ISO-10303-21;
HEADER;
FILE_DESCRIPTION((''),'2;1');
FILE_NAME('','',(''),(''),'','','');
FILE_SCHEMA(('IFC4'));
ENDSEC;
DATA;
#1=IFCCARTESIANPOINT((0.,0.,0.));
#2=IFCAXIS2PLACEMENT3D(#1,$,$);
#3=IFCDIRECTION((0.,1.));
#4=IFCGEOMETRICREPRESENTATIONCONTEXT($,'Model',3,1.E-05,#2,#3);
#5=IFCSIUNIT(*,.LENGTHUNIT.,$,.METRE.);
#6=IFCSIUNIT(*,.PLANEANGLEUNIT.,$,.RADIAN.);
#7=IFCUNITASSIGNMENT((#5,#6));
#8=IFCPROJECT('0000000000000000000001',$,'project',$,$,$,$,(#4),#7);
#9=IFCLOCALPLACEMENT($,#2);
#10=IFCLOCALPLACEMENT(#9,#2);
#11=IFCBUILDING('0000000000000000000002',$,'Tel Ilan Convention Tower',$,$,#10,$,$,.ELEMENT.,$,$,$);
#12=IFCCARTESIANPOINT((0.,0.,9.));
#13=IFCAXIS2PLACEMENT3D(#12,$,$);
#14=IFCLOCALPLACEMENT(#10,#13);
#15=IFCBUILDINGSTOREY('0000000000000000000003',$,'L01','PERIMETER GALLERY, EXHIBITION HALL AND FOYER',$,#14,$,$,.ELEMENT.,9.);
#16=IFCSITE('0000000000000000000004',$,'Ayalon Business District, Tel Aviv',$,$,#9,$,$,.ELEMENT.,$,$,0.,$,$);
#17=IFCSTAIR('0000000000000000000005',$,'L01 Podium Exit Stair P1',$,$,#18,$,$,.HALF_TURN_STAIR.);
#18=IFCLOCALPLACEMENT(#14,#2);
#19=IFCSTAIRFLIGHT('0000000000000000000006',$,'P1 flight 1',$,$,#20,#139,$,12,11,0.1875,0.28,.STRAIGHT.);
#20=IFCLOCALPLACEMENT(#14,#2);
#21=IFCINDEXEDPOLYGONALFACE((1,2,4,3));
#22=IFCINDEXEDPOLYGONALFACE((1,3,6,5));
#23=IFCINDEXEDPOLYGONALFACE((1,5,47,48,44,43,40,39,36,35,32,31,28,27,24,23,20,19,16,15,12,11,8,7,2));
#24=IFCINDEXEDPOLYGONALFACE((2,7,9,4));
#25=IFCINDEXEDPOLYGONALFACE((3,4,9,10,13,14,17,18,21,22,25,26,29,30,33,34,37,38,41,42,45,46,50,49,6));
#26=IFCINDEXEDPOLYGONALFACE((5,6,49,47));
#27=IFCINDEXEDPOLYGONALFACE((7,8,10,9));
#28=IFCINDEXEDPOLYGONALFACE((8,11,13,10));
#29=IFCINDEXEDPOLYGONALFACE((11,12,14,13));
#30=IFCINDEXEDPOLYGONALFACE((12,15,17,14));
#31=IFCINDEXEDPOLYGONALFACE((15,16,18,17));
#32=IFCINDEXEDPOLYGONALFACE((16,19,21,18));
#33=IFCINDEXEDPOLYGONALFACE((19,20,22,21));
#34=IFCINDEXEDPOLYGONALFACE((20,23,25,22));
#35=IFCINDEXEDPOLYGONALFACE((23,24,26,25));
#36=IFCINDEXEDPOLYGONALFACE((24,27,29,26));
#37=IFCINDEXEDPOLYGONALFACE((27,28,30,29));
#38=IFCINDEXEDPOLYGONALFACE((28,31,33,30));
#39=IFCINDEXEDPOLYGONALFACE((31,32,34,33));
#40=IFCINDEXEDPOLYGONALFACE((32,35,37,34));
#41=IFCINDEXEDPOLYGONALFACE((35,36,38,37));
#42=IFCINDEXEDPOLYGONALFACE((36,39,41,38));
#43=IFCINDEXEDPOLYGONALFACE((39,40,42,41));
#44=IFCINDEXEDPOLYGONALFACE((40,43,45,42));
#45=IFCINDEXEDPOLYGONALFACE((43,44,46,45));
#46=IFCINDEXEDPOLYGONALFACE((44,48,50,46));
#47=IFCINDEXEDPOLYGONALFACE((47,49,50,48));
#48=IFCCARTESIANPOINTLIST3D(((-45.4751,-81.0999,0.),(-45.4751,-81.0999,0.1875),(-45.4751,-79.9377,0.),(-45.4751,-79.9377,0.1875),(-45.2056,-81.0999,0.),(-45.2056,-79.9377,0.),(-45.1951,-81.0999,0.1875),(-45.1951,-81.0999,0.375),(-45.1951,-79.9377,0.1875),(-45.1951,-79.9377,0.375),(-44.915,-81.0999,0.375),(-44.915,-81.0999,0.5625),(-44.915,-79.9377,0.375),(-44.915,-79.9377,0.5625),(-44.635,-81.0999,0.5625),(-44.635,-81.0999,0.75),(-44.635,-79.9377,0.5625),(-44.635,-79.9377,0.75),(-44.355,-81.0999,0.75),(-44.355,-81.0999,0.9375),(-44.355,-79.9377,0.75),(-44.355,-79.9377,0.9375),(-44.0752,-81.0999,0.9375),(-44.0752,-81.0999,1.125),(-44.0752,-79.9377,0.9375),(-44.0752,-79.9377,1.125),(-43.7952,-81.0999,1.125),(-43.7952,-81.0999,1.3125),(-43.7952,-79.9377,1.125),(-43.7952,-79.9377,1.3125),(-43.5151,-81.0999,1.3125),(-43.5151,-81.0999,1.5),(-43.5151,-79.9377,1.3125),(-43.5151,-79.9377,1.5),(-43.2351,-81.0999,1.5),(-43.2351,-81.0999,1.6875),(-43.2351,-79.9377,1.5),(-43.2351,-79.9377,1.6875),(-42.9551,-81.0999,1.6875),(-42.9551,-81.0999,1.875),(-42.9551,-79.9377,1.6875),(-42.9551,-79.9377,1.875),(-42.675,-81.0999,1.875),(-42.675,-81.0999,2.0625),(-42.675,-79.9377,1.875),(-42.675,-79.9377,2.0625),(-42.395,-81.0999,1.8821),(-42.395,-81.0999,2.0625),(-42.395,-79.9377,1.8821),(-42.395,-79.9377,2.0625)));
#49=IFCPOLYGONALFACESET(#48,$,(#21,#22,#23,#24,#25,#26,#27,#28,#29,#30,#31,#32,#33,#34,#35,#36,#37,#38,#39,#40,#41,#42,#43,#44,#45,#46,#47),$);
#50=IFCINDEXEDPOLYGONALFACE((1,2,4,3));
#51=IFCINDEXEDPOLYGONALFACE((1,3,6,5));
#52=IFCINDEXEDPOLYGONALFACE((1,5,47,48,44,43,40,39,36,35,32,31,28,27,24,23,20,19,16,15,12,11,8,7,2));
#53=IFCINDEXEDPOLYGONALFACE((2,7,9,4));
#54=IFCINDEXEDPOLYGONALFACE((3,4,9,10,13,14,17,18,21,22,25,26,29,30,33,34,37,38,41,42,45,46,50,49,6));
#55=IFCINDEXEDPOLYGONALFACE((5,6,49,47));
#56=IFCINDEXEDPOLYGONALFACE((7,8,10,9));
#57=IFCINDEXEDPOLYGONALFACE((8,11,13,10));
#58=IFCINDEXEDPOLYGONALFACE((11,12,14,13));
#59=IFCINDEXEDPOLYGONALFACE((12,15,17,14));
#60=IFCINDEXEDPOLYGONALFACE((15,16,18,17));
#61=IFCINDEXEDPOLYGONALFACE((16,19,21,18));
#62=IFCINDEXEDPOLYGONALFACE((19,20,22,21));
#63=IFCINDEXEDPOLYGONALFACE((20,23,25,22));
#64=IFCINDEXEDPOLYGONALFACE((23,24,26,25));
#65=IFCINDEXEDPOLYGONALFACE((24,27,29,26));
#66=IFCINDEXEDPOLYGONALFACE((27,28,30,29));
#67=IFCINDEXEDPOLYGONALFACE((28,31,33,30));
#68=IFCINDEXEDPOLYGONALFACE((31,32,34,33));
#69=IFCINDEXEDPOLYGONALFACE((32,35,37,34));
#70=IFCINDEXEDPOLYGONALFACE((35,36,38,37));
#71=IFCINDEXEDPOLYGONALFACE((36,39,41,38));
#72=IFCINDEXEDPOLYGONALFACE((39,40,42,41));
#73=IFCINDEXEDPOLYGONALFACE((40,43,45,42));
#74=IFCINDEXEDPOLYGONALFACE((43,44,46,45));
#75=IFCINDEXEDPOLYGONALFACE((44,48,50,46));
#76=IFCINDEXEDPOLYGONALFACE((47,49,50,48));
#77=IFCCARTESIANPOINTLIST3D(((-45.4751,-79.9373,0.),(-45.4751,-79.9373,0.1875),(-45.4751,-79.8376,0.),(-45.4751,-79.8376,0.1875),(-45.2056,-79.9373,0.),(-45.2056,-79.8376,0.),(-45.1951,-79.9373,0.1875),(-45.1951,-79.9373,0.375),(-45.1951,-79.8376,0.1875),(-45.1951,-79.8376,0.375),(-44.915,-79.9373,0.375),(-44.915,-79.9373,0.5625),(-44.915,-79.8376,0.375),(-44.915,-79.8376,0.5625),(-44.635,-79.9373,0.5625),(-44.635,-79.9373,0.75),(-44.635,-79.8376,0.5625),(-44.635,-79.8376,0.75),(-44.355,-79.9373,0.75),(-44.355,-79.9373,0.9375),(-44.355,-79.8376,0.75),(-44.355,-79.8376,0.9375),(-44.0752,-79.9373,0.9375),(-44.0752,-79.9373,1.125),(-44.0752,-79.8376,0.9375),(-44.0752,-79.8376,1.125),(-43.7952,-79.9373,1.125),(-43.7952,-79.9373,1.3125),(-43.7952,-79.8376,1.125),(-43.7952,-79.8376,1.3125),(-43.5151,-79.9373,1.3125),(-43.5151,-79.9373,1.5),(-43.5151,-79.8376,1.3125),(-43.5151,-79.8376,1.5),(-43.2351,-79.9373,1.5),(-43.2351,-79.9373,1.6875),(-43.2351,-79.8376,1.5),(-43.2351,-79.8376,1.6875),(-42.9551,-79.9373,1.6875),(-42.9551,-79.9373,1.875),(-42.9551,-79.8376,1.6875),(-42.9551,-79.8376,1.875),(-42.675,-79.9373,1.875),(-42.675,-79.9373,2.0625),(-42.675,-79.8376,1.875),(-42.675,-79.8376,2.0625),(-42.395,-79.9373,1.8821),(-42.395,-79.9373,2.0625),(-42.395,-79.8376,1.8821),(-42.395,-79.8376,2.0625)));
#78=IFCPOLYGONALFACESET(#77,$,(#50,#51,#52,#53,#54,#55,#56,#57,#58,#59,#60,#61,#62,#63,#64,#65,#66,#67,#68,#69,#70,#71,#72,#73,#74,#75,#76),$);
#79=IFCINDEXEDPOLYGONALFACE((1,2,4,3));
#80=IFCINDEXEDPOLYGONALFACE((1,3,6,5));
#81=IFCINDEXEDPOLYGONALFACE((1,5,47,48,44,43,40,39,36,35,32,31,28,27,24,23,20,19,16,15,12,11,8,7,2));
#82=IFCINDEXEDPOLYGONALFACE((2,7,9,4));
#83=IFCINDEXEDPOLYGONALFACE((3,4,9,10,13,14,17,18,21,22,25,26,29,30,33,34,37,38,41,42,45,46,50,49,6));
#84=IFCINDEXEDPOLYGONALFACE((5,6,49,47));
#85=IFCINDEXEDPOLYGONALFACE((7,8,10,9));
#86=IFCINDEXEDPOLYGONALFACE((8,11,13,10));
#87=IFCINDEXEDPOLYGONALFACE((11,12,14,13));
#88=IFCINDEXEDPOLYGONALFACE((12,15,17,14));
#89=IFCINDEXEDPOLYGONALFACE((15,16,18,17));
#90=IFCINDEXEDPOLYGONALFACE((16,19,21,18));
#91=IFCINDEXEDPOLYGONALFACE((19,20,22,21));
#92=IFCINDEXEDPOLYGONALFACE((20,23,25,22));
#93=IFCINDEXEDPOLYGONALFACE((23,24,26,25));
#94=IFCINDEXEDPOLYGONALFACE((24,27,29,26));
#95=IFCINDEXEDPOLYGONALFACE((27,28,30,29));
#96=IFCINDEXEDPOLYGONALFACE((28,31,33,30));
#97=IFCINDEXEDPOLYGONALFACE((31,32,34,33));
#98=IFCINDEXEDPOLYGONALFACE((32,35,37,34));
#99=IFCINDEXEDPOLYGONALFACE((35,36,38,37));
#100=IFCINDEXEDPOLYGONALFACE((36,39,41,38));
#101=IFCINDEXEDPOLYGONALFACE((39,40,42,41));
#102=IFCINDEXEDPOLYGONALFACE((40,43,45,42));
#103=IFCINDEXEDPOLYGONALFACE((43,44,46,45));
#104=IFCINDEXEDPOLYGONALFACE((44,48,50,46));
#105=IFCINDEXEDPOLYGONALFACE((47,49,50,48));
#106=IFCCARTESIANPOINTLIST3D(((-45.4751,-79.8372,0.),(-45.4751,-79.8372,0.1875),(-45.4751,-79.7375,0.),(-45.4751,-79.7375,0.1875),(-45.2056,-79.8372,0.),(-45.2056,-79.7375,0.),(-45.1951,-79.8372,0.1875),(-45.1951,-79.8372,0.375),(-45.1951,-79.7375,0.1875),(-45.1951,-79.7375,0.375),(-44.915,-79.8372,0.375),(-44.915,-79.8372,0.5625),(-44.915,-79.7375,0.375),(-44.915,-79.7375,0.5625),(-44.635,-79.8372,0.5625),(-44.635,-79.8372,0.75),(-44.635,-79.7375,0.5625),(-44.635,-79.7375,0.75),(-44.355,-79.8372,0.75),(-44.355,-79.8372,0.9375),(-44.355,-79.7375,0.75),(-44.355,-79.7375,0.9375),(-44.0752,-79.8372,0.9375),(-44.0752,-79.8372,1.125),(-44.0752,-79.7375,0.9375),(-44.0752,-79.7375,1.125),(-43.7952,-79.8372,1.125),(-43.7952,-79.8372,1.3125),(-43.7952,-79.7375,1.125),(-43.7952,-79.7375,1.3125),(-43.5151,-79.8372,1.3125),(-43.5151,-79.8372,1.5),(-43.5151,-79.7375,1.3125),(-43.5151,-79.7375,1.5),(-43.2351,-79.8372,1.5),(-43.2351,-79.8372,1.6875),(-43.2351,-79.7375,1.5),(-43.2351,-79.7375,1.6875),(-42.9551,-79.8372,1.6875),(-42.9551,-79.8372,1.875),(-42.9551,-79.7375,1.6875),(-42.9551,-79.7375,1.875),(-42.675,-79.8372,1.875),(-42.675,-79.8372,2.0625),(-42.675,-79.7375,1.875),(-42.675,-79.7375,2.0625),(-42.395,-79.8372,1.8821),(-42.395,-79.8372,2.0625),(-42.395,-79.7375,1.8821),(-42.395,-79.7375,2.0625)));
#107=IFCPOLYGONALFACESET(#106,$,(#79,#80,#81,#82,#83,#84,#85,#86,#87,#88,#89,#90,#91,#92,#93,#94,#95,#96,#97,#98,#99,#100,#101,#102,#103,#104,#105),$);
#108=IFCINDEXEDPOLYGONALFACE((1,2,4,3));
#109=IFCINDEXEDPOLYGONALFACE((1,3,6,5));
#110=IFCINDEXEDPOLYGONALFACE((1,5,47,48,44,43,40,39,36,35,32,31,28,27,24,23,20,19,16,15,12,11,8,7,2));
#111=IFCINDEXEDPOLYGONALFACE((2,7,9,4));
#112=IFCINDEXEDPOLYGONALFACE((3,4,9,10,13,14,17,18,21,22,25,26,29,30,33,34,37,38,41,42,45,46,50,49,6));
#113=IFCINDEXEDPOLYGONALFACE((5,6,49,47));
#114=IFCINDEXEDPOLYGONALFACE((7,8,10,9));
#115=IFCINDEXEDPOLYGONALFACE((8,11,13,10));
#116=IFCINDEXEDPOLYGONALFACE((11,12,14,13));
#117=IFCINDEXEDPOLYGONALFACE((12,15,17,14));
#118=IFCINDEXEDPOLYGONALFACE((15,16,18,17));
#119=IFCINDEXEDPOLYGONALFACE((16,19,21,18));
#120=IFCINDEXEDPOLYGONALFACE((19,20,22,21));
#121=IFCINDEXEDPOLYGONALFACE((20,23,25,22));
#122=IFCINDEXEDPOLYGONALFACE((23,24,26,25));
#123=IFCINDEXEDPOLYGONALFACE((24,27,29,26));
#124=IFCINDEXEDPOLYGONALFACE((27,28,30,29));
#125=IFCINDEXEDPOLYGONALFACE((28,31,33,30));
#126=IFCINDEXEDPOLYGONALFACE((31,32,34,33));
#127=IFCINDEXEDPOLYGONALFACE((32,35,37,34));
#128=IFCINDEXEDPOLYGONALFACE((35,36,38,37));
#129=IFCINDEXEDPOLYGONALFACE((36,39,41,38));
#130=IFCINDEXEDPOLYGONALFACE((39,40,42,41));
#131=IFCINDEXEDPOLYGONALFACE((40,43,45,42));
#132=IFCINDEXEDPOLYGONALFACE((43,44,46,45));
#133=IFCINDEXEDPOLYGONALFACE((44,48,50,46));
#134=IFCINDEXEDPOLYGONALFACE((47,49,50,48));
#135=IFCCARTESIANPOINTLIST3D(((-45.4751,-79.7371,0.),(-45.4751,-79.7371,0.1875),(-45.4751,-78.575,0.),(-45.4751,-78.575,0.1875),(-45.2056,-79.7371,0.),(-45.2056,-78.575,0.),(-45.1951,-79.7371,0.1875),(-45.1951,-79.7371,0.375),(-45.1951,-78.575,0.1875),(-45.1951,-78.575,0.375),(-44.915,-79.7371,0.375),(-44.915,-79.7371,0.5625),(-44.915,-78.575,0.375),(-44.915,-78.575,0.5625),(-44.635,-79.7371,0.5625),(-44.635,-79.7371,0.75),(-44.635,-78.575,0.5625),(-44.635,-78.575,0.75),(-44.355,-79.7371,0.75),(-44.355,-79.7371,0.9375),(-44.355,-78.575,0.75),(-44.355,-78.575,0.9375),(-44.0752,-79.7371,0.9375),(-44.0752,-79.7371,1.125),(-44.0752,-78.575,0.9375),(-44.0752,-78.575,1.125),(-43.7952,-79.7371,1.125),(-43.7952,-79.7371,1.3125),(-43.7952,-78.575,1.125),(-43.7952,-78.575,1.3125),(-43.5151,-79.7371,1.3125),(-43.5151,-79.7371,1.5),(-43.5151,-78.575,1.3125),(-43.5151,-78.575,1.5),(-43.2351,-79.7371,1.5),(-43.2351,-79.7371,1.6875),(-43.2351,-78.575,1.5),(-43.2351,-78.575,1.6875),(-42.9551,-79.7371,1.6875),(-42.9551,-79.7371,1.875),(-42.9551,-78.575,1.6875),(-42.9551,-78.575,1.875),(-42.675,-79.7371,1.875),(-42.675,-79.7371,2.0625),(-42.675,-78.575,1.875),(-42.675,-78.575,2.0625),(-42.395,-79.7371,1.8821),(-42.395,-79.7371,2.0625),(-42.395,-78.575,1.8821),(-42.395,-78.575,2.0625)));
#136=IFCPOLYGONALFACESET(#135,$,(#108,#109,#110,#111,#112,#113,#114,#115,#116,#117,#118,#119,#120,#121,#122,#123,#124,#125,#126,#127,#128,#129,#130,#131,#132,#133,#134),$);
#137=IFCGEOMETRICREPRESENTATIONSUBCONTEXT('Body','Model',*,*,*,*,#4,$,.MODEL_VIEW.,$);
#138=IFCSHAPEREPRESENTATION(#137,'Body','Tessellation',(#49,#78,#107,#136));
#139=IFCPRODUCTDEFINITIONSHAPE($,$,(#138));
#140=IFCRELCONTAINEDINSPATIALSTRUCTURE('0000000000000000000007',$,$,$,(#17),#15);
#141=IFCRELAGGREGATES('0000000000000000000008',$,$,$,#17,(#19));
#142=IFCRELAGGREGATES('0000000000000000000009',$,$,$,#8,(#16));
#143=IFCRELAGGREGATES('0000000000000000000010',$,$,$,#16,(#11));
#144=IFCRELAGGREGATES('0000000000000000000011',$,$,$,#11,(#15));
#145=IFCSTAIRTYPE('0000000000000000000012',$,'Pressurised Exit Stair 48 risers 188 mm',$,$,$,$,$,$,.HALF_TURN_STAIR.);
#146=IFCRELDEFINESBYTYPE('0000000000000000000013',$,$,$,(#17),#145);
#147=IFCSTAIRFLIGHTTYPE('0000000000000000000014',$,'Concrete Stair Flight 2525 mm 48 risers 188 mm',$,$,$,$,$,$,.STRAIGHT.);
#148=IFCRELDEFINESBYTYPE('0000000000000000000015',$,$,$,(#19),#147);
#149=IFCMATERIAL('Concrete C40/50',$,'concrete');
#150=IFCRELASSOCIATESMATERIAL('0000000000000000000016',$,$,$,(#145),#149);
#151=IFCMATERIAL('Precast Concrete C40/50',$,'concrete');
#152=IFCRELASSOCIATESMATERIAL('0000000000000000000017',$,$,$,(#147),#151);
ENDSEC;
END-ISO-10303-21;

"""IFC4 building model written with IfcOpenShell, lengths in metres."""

from ifc_helpers import new_model, si_unit, direction, frame, origin, place, context, subcontext, project, spatial, polyline, outline, extrude, material, type_object, element, aggregate, save


model = new_model("IFC4")

# Units and contexts
model_context = context("Model", 3, precision=1e-05, world=origin(), true_north=direction((0.0, 1.0)))
body_context = subcontext(model_context, "Body", "Model", "MODEL_VIEW")
ifc_project = project(units=[si_unit("LENGTHUNIT", "METRE"), si_unit("PLANEANGLEUNIT", "RADIAN")], contexts=[model_context])

# Site, building, storey
site_placement = place(None, origin())
site = spatial("IfcSite", under=ifc_project, at=site_placement, Name="Ayalon Business District, Tel Aviv", CompositionType="ELEMENT", RefElevation=0.0)
building_placement = place(site_placement, origin())
building = spatial("IfcBuilding", under=site, at=building_placement, Name="Tel Ilan Convention Tower", CompositionType="ELEMENT")
storey_placement = place(building_placement, frame((0.0, 0.0, 9.0)))
storey = spatial("IfcBuildingStorey", under=building, at=storey_placement, Name="L01", Description="PERIMETER GALLERY, EXHIBITION HALL AND FOYER", CompositionType="ELEMENT", Elevation=9.0)

# Stair, stair flight
ifc_material_1 = material(Name="Concrete C40/50", Category="concrete")
stair_type = type_object("IfcStairType", Name="Pressurised Exit Stair 48 risers 188 mm", PredefinedType="HALF_TURN_STAIR", material=ifc_material_1)
stair_placement = place(storey_placement, origin())
stair = element("IfcStair", 1, at=stair_placement, inside=storey, type_object=stair_type, Name="L01 Podium Exit Stair P1", PredefinedType="HALF_TURN_STAIR")
ifc_material_2 = material(Name="Precast Concrete C40/50", Category="concrete")
stair_flight_type = type_object("IfcStairFlightType", Name="Concrete Stair Flight 2525 mm 48 risers 188 mm", PredefinedType="STRAIGHT", material=ifc_material_2)
stair_flight_1_placement = place(storey_placement, frame((-45.4751, -79.8374, 0.0), z_axis=(0.0, 0.0, 1.0), x_axis=(1.0, 0.0, 0.0)))
stair_flight_1 = element("IfcStairFlight", 2, at=stair_flight_1_placement, type_object=stair_flight_type, Name="P1 flight 1", NumberOfRisers=12, NumberOfTreads=11, PredefinedType="STRAIGHT", RiserHeight=0.1875, TreadLength=0.28, context=body_context, shape_type="SweptSolid", body=[
    extrude(outline(polyline([(0.0, 0.0), (0.0, 0.1875), (0.28, 0.1875), (0.28, 0.375), (0.5601, 0.375), (0.5601, 0.5625), (0.8401, 0.5625), (0.8401, 0.75), (1.1201, 0.75), (1.1201, 0.9375), (1.3999, 0.9375), (1.3999, 1.125), (1.6799, 1.125), (1.6799, 1.3125), (1.96, 1.3125), (1.96, 1.5), (2.24, 1.5), (2.24, 1.6875), (2.52, 1.6875), (2.52, 1.875), (2.8, 1.875), (2.8, 2.0625), (3.0801, 2.0625), (3.0801, 2.25), (3.0801, 1.8821), (0.2695, 0.0), (0.0, 0.0)])), frame((0.0, -0.1003, 0.0), z_axis=(0.0, -1.0, 0.0), x_axis=(1.0, 0.0, 0.0)), (0.0, 0.0, 1.0), 1.1621),
    extrude(outline(polyline([(0.0, 0.0), (0.0, 0.1875), (0.28, 0.1875), (0.28, 0.375), (0.5601, 0.375), (0.5601, 0.5625), (0.8401, 0.5625), (0.8401, 0.75), (1.1201, 0.75), (1.1201, 0.9375), (1.3999, 0.9375), (1.3999, 1.125), (1.6799, 1.125), (1.6799, 1.3125), (1.96, 1.3125), (1.96, 1.5), (2.24, 1.5), (2.24, 1.6875), (2.52, 1.6875), (2.52, 1.875), (2.8, 1.875), (2.8, 2.0625), (3.0801, 2.0625), (3.0801, 2.25), (3.0801, 1.8821), (0.2695, 0.0), (0.0, 0.0)])), frame((0.0, -0.0002, 0.0), z_axis=(0.0, -1.0, 0.0), x_axis=(1.0, 0.0, 0.0)), (0.0, 0.0, 1.0), 0.0996),
    extrude(outline(polyline([(0.0, 0.0), (0.0, 0.1875), (0.28, 0.1875), (0.28, 0.375), (0.5601, 0.375), (0.5601, 0.5625), (0.8401, 0.5625), (0.8401, 0.75), (1.1201, 0.75), (1.1201, 0.9375), (1.3999, 0.9375), (1.3999, 1.125), (1.6799, 1.125), (1.6799, 1.3125), (1.96, 1.3125), (1.96, 1.5), (2.24, 1.5), (2.24, 1.6875), (2.52, 1.6875), (2.52, 1.875), (2.8, 1.875), (2.8, 2.0625), (3.0801, 2.0625), (3.0801, 2.25), (3.0801, 1.8821), (0.2695, 0.0), (0.0, 0.0)])), frame((0.0, 0.0999, 0.0), z_axis=(0.0, -1.0, 0.0), x_axis=(1.0, 0.0, 0.0)), (0.0, 0.0, 1.0), 0.0996),
    extrude(outline(polyline([(0.0, 0.0), (0.0, 0.1875), (0.28, 0.1875), (0.28, 0.375), (0.5601, 0.375), (0.5601, 0.5625), (0.8401, 0.5625), (0.8401, 0.75), (1.1201, 0.75), (1.1201, 0.9375), (1.3999, 0.9375), (1.3999, 1.125), (1.6799, 1.125), (1.6799, 1.3125), (1.96, 1.3125), (1.96, 1.5), (2.24, 1.5), (2.24, 1.6875), (2.52, 1.6875), (2.52, 1.875), (2.8, 1.875), (2.8, 2.0625), (3.0801, 2.0625), (3.0801, 2.25), (3.0801, 1.8821), (0.2695, 0.0), (0.0, 0.0)])), frame((0.0, 1.2625, 0.0), z_axis=(0.0, -1.0, 0.0), x_axis=(1.0, 0.0, 0.0)), (0.0, 0.0, 1.0), 1.1621),
])
aggregate(stair, [stair_flight_1])

save(model, "model.ifc")
